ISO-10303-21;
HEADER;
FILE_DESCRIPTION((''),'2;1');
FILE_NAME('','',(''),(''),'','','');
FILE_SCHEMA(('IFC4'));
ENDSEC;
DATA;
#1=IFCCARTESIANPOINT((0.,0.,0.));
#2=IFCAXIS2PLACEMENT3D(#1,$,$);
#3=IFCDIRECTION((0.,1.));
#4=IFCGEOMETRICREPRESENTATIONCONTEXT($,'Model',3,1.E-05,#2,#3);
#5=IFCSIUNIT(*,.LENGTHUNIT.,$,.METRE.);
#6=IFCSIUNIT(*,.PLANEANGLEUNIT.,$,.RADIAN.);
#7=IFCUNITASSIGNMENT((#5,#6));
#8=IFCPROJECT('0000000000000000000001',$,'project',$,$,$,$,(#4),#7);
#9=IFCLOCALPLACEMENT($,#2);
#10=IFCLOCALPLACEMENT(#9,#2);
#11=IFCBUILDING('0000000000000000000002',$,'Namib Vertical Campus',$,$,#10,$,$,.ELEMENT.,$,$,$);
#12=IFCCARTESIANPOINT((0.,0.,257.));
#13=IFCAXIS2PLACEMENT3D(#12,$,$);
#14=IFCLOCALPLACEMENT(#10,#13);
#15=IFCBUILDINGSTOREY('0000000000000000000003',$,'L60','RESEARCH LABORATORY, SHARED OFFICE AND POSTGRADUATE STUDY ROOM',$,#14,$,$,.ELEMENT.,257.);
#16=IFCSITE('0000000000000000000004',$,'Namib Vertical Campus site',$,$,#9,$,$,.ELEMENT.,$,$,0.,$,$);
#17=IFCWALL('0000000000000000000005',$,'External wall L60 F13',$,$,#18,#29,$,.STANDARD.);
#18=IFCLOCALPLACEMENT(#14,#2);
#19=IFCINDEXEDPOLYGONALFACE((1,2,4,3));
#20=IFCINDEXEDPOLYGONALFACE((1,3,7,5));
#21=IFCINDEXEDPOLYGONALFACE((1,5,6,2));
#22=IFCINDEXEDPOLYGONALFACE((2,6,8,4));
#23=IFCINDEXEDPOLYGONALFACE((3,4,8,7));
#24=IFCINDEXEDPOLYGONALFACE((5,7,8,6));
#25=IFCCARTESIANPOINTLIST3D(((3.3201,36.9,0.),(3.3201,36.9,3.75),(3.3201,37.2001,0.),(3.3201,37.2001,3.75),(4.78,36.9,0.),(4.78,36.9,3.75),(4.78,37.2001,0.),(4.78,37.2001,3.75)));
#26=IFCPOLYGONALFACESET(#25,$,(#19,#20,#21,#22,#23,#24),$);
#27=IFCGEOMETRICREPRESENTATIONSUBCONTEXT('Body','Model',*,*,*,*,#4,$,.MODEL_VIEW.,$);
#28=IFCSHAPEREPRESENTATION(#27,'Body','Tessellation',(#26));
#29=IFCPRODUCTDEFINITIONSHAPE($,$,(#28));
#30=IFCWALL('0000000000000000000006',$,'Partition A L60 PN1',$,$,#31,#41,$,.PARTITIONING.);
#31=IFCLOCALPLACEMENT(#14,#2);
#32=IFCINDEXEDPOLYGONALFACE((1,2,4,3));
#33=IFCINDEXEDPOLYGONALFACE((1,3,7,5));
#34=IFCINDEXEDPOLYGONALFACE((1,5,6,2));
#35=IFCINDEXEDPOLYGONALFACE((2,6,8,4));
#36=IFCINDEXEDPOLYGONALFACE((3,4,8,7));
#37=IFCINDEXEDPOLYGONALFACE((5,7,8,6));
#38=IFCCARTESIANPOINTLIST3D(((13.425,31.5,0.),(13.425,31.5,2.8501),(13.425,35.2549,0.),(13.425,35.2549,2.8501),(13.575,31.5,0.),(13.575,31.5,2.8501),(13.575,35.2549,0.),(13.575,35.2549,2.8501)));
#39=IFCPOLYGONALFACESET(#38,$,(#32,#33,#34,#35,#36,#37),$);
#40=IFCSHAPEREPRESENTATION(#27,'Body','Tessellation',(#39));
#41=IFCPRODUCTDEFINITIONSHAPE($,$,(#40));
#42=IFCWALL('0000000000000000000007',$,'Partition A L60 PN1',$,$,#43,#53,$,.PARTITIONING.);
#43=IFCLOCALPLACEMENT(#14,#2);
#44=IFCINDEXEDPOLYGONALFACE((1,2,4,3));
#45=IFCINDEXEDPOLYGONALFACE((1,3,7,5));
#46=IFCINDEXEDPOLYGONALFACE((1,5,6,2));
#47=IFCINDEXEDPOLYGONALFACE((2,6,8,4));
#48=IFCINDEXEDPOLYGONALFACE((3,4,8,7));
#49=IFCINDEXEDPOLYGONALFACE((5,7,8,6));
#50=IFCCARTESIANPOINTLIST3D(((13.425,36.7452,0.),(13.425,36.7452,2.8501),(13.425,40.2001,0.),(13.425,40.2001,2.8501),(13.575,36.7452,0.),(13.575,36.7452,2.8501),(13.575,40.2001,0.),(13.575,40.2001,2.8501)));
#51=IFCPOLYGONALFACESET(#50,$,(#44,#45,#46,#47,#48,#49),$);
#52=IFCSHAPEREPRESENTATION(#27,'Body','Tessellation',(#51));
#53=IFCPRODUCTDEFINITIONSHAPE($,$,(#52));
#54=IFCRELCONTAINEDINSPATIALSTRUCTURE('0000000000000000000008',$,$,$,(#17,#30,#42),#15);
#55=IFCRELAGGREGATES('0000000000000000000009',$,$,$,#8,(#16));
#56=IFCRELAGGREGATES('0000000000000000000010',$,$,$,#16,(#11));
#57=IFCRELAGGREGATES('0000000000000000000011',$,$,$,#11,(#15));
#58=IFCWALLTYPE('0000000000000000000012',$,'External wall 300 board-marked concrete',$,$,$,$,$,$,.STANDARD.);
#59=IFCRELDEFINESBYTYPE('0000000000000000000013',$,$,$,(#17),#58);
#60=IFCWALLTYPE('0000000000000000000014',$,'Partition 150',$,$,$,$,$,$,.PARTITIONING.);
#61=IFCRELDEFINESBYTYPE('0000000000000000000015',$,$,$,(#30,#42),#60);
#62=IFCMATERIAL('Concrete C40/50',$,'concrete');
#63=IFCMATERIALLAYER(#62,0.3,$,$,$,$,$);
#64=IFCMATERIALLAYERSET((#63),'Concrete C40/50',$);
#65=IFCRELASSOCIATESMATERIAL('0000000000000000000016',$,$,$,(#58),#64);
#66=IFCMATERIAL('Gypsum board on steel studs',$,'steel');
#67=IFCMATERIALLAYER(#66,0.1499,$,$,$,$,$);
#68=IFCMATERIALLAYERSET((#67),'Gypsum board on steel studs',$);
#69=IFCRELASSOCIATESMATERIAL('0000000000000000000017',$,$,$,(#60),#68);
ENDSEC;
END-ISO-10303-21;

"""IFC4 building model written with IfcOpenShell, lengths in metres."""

from ifc_helpers import new_model, si_unit, direction, frame, frame_2d, origin, place, context, subcontext, project, spatial, rectangle, extrude, material, layer, layer_set, type_object, element, save


model = new_model("IFC4")

# Units and contexts
model_context = context("Model", 3, precision=1e-05, world=origin(), true_north=direction((0.0, 1.0)))
body_context = subcontext(model_context, "Body", "Model", "MODEL_VIEW")
ifc_project = project(units=[si_unit("LENGTHUNIT", "METRE"), si_unit("PLANEANGLEUNIT", "RADIAN")], contexts=[model_context])

# Site, building, storey
site_placement = place(None, origin())
site = spatial("IfcSite", under=ifc_project, at=site_placement, Name="Namib Vertical Campus site", CompositionType="ELEMENT", RefElevation=0.0)
building_placement = place(site_placement, origin())
building = spatial("IfcBuilding", under=site, at=building_placement, Name="Namib Vertical Campus", CompositionType="ELEMENT")
storey_placement = place(building_placement, frame((0.0, 0.0, 257.0)))
storey = spatial("IfcBuildingStorey", under=building, at=storey_placement, Name="L60", Description="RESEARCH LABORATORY, SHARED OFFICE AND POSTGRADUATE STUDY ROOM", CompositionType="ELEMENT", Elevation=257.0)

# Walls
ifc_material_1 = material(Name="Concrete C40/50", Category="concrete")
ifc_layer_1 = layer(ifc_material_1, 0.3)
ifc_layer_set_1 = layer_set([ifc_layer_1], Name="Concrete C40/50")
wall_type_1 = type_object("IfcWallType", Name="External wall 300 board-marked concrete", PredefinedType="STANDARD", material=ifc_layer_set_1)
wall_1_placement = place(storey_placement, frame((4.78, 37.05, 0.0), z_axis=(0.0, 0.0, 1.0), x_axis=(-1.0, 0.0, 0.0)))
element("IfcWall", 1, at=wall_1_placement, inside=storey, type_object=wall_type_1, Name="External wall L60 F13", PredefinedType="STANDARD", context=body_context, shape_type="SweptSolid", body=[
    extrude(rectangle(XDim=1.46, YDim=0.3, at=frame_2d((0.73, 0.0))), origin(), (0.0, 0.0, 1.0), 3.75),
])
ifc_material_2 = material(Name="Gypsum board on steel studs", Category="steel")
ifc_layer_2 = layer(ifc_material_2, 0.1499)
ifc_layer_set_2 = layer_set([ifc_layer_2], Name="Gypsum board on steel studs")
wall_type_2 = type_object("IfcWallType", Name="Partition 150", PredefinedType="PARTITIONING", material=ifc_layer_set_2)
wall_2_placement = place(storey_placement, frame((13.5, 31.5, 0.0), z_axis=(0.0, 0.0, 1.0), x_axis=(0.0, 1.0, 0.0)))
element("IfcWall", 2, at=wall_2_placement, inside=storey, type_object=wall_type_2, Name="Partition A L60 PN1", PredefinedType="PARTITIONING", context=body_context, shape_type="SweptSolid", body=[
    extrude(rectangle(XDim=3.7549, YDim=0.1499, at=frame_2d((1.8774, 0.0))), origin(), (0.0, 0.0, 1.0), 2.8501),
])
wall_3_placement = place(storey_placement, frame((13.5, 36.7451, 0.0), z_axis=(0.0, 0.0, 1.0), x_axis=(0.0, 1.0, 0.0)))
element("IfcWall", 3, at=wall_3_placement, inside=storey, type_object=wall_type_2, Name="Partition A L60 PN1", PredefinedType="PARTITIONING", context=body_context, shape_type="SweptSolid", body=[
    extrude(rectangle(XDim=3.4548, YDim=0.1499, at=frame_2d((1.7275, 0.0))), origin(), (0.0, 0.0, 1.0), 2.8501),
])

save(model, "model.ifc")
